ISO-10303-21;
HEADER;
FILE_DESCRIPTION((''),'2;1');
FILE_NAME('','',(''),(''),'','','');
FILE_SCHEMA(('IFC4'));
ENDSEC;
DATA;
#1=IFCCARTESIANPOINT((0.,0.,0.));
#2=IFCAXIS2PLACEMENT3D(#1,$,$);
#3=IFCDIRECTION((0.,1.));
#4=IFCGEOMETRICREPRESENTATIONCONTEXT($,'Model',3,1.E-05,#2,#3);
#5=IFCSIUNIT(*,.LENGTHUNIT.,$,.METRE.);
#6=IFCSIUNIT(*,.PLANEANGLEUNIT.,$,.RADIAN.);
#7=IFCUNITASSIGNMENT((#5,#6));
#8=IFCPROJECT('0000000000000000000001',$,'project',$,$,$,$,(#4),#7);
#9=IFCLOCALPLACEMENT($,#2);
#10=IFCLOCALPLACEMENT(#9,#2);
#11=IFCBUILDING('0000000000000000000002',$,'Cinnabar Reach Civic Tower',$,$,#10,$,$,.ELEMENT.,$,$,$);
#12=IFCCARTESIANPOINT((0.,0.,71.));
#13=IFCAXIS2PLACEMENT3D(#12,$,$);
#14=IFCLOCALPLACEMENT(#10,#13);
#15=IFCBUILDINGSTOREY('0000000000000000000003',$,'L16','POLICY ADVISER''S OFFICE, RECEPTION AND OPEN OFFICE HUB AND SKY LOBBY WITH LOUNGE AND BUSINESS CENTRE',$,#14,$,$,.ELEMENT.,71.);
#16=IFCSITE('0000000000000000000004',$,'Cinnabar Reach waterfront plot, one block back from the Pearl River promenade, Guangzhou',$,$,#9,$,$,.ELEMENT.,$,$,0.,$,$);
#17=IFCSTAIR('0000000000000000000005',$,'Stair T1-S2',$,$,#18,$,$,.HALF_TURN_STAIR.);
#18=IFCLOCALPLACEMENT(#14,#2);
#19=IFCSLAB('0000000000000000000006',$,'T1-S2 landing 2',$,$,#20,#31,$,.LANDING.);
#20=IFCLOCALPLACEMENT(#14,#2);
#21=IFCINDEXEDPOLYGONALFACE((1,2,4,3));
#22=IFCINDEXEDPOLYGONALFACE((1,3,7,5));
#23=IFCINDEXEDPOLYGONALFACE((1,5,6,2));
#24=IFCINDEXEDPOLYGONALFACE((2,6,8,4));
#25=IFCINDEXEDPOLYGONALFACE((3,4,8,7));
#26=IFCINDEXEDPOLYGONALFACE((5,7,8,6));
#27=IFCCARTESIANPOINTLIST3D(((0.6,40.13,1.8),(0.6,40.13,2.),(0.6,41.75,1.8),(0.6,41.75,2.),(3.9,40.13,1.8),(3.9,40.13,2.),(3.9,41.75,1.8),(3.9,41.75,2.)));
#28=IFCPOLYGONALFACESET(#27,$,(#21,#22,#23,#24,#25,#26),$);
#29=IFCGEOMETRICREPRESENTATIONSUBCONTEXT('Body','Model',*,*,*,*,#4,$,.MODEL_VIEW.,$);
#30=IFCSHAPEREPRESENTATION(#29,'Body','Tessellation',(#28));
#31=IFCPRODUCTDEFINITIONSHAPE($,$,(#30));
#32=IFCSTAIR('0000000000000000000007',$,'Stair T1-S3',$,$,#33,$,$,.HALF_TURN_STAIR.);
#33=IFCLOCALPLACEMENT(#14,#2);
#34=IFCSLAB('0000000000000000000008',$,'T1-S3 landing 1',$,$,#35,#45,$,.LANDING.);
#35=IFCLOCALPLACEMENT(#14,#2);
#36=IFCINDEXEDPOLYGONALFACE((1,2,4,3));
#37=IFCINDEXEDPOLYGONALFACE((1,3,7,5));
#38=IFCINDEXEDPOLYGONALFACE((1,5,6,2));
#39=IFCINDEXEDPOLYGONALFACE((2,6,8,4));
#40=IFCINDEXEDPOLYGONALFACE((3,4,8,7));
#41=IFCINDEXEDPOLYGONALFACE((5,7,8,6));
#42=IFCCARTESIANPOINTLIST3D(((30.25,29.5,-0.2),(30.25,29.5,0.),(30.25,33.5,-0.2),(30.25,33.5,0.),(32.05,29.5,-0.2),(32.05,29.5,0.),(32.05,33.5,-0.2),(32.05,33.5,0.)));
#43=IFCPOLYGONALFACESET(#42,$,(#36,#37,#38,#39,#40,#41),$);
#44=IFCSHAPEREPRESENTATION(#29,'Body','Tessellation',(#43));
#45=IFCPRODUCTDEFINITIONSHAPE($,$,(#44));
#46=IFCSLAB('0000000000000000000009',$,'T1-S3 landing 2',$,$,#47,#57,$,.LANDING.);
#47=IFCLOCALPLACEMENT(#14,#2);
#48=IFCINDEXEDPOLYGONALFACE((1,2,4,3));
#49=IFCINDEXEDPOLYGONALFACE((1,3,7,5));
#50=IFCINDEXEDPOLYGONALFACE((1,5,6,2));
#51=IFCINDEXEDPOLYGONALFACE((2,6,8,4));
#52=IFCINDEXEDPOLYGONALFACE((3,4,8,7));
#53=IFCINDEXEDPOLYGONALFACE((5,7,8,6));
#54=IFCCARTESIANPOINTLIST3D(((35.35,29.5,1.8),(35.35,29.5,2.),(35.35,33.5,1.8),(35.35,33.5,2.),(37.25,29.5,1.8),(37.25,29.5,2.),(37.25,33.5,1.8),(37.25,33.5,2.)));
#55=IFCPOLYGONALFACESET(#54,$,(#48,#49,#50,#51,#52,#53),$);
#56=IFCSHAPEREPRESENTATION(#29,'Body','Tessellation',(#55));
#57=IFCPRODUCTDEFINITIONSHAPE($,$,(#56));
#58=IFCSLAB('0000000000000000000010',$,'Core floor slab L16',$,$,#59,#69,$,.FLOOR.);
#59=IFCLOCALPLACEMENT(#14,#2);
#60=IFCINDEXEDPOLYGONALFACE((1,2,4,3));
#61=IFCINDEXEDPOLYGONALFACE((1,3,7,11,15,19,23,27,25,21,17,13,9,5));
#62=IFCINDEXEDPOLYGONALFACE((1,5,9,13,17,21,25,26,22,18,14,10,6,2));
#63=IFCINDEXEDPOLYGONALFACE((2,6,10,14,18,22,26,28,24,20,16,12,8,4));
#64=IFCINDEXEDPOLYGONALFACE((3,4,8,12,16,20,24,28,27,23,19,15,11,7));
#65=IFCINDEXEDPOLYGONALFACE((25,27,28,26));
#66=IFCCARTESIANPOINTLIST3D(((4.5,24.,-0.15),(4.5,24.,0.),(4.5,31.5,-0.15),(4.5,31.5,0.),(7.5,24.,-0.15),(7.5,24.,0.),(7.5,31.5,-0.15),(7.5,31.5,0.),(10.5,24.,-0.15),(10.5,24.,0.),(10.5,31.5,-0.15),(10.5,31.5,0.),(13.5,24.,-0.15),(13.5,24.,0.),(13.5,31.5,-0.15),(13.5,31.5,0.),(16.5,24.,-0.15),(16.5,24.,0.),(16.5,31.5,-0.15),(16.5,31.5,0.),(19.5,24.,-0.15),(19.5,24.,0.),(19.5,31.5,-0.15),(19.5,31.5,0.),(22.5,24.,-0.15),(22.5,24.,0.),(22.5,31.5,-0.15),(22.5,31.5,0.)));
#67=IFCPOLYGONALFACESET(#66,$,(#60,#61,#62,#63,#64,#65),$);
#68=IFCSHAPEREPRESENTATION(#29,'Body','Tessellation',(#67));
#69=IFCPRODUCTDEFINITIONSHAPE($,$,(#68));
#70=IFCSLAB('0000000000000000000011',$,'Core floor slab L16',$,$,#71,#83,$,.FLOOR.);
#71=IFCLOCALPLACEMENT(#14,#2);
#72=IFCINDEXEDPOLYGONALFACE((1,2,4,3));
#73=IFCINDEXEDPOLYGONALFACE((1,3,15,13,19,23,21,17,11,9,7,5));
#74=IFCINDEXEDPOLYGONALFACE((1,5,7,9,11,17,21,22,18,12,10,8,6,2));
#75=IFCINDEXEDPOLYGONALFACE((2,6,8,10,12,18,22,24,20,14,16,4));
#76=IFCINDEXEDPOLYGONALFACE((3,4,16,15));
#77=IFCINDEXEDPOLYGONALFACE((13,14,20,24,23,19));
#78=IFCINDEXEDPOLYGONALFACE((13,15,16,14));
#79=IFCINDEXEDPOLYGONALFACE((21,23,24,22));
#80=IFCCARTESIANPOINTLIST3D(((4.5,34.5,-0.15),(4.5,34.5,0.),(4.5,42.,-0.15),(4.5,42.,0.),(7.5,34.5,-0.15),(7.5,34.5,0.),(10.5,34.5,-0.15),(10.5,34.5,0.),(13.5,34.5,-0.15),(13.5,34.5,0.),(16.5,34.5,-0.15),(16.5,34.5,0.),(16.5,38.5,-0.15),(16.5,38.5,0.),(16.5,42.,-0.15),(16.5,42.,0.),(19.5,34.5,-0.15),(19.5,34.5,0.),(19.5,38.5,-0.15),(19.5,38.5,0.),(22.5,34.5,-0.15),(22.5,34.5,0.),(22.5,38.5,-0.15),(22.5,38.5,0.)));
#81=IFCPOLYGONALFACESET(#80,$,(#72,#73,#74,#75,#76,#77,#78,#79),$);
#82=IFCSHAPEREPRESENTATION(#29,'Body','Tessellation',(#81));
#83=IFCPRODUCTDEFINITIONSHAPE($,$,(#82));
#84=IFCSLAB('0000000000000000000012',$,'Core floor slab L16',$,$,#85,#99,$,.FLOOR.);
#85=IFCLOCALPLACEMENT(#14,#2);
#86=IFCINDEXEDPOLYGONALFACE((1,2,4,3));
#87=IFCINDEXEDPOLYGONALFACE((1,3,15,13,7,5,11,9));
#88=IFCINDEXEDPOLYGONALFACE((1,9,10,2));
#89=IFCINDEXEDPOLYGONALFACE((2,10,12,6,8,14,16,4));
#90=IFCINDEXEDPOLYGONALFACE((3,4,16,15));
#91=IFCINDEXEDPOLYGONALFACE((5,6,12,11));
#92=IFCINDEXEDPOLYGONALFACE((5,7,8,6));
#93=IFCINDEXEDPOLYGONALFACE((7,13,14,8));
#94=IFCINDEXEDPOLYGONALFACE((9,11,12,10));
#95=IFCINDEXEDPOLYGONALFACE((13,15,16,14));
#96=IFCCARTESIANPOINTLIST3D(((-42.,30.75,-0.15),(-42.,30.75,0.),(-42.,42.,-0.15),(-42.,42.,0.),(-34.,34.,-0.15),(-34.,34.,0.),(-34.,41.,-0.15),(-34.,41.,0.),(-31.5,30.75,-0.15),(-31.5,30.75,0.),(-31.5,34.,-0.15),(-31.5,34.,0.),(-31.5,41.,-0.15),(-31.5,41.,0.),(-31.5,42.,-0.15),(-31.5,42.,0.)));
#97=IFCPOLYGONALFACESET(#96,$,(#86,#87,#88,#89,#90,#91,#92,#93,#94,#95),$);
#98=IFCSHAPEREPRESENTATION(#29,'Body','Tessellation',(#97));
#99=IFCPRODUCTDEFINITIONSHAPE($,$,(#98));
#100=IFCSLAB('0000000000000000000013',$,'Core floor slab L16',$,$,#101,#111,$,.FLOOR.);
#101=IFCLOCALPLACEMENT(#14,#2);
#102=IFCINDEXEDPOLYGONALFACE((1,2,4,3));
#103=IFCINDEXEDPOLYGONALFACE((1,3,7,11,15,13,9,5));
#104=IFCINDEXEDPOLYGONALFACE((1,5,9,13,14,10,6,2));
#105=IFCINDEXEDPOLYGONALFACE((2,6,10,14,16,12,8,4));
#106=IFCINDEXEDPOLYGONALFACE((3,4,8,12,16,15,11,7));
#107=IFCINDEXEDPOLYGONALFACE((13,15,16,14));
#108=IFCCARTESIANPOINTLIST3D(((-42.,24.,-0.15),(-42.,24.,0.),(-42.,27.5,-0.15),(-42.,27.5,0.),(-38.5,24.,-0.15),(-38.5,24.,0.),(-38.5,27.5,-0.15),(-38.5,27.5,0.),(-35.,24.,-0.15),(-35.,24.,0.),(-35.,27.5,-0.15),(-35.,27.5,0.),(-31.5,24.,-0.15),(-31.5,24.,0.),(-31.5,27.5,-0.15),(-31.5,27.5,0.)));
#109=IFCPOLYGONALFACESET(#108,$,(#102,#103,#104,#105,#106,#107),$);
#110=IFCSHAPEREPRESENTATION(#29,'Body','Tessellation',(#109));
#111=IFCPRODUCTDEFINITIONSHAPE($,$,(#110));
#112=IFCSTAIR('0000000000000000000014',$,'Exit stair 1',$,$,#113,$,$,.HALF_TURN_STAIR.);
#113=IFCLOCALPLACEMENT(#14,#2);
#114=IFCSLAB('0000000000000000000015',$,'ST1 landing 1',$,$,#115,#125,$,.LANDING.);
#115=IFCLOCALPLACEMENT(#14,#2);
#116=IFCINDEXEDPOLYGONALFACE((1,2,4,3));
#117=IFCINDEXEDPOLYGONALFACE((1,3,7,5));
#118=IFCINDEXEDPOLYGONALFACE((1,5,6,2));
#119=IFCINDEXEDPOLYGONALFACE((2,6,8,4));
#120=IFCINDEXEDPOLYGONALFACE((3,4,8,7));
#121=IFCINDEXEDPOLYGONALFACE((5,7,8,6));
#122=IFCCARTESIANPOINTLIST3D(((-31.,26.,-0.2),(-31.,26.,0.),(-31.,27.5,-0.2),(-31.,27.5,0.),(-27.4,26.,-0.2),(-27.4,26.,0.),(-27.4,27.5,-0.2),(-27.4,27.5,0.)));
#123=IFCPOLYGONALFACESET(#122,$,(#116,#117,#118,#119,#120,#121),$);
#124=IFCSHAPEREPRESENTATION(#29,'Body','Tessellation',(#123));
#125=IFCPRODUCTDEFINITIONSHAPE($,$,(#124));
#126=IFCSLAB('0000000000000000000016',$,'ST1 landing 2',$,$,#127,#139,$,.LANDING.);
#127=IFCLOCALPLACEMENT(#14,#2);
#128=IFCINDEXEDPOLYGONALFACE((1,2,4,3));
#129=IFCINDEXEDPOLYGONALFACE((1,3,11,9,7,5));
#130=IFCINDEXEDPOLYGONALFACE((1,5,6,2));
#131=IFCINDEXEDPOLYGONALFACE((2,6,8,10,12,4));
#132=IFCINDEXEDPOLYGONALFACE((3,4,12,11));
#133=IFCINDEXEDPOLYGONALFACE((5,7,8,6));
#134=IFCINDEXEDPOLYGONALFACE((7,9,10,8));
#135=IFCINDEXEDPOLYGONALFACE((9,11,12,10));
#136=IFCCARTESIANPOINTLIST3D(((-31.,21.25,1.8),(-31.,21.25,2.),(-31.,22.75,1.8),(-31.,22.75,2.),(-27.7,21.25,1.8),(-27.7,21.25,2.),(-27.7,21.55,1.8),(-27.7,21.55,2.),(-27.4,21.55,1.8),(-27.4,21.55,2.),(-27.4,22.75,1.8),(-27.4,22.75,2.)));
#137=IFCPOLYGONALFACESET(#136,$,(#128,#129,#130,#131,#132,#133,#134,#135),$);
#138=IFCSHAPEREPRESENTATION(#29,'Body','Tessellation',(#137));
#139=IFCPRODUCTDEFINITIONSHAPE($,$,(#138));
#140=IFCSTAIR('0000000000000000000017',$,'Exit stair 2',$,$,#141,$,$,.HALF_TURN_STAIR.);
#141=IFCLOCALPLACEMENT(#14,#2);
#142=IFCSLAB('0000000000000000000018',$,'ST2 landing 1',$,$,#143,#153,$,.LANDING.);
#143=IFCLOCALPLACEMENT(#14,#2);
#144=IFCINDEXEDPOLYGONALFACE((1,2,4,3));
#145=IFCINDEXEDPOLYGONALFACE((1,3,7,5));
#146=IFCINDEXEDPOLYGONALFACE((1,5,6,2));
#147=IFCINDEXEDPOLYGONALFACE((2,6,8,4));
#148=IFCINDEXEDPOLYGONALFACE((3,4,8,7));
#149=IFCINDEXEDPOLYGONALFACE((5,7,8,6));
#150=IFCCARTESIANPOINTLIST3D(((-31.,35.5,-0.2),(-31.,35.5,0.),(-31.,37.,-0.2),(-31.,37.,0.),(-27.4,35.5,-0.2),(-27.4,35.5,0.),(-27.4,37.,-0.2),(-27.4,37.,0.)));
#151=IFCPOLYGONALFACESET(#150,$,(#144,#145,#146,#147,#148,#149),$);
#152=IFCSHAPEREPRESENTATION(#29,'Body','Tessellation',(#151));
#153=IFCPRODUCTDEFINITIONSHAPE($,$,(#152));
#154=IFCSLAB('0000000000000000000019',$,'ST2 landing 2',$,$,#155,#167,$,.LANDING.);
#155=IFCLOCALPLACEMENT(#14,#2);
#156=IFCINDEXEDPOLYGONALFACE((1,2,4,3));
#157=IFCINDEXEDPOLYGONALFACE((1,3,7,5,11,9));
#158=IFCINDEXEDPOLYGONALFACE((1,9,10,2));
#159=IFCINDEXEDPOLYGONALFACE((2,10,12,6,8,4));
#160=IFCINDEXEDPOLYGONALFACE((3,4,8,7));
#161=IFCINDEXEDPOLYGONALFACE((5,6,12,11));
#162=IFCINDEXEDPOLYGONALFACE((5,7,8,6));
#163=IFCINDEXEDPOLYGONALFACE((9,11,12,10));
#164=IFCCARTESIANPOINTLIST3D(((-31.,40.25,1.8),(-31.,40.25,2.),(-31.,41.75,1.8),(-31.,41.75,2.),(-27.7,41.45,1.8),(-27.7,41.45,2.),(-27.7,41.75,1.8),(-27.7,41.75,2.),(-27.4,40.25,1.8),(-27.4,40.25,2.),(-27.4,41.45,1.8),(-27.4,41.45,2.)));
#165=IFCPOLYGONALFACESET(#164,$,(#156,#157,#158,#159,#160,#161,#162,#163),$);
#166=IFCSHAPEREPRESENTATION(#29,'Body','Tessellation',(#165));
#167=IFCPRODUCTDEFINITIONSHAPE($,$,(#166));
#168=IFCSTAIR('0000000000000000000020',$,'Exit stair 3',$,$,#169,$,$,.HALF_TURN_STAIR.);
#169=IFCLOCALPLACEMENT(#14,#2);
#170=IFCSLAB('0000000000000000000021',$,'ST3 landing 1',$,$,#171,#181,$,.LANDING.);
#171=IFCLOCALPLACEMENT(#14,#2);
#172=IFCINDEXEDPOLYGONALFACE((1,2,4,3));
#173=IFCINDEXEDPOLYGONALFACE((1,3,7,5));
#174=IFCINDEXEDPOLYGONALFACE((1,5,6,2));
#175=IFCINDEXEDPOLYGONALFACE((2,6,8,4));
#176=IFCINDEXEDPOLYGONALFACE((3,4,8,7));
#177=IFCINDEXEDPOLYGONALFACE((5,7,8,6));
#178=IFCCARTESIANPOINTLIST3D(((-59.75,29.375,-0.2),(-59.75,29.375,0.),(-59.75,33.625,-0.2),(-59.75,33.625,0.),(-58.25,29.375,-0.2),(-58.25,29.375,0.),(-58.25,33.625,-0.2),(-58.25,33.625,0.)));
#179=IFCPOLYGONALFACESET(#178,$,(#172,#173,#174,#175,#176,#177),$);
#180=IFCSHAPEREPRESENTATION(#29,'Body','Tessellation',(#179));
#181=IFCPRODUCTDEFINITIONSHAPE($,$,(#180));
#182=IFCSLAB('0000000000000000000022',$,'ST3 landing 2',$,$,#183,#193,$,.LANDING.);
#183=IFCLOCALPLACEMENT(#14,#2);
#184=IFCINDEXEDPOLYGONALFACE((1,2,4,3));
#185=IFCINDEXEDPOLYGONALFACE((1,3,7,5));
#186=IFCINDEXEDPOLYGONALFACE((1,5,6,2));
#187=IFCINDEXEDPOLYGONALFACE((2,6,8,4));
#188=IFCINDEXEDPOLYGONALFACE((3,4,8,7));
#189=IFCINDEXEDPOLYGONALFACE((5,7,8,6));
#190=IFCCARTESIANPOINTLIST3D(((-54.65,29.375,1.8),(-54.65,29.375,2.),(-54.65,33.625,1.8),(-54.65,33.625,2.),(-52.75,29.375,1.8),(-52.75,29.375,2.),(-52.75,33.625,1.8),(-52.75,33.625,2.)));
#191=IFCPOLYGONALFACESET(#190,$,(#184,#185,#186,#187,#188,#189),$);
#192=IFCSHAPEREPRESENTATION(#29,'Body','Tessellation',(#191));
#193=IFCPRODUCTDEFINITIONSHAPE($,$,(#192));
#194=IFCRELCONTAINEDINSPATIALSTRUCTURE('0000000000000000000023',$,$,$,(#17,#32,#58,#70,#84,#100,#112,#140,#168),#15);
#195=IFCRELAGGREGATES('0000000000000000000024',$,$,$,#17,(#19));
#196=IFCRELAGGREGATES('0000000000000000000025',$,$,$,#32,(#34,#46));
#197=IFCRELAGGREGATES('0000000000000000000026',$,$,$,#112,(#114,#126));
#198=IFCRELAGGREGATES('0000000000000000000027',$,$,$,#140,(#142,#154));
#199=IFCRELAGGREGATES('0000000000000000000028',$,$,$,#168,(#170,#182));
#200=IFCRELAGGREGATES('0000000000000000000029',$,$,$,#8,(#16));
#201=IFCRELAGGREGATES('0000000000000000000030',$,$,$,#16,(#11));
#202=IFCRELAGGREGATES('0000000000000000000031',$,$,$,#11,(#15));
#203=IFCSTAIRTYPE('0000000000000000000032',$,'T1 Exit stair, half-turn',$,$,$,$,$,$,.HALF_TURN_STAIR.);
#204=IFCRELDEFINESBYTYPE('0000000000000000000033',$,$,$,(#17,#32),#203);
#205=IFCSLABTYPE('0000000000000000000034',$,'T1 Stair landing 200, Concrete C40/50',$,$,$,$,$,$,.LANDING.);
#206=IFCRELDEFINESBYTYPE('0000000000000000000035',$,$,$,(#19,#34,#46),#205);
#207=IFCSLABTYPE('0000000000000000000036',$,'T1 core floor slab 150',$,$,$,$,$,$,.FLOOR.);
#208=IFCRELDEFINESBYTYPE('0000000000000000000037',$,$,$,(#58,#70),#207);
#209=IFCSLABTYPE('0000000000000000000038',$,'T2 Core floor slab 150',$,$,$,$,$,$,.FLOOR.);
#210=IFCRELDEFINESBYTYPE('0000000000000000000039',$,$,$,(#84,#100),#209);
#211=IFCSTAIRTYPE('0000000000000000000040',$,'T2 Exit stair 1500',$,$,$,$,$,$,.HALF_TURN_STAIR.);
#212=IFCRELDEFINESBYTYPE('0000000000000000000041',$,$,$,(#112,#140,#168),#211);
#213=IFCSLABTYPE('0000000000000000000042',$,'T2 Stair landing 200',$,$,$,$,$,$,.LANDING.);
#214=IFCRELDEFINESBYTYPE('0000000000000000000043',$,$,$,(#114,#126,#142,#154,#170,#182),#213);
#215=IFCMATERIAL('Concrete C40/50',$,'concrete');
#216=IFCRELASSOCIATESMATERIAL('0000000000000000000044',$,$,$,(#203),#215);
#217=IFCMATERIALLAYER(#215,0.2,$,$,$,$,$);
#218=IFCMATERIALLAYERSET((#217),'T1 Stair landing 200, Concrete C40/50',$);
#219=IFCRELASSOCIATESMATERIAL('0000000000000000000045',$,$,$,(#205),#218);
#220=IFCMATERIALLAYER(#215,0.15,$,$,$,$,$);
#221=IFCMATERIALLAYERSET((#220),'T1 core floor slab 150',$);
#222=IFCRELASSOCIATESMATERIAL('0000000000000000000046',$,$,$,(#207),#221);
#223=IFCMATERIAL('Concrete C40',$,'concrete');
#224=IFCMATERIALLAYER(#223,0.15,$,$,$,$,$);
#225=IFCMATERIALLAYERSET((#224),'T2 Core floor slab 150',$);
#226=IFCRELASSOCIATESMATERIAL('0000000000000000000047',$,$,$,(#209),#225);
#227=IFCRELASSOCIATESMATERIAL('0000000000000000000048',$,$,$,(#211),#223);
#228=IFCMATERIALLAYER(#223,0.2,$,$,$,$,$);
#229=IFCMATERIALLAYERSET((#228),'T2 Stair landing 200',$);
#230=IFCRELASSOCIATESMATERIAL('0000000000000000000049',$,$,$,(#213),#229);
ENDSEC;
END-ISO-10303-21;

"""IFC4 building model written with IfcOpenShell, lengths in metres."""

from ifc_helpers import new_model, si_unit, direction, frame, origin, place, context, subcontext, project, spatial, polyline, outline, extrude, material, layer, layer_set, type_object, element, aggregate, save


model = new_model("IFC4")

# Units and contexts
model_context = context("Model", 3, precision=1e-05, world=origin(), true_north=direction((0.0, 1.0)))
body_context = subcontext(model_context, "Body", "Model", "MODEL_VIEW")
ifc_project = project(units=[si_unit("LENGTHUNIT", "METRE"), si_unit("PLANEANGLEUNIT", "RADIAN")], contexts=[model_context])

# Site, building, storey
site_placement = place(None, origin())
site = spatial("IfcSite", under=ifc_project, at=site_placement, Name="Cinnabar Reach waterfront plot, one block back from the Pearl River promenade, Guangzhou", CompositionType="ELEMENT", RefElevation=0.0)
building_placement = place(site_placement, origin())
building = spatial("IfcBuilding", under=site, at=building_placement, Name="Cinnabar Reach Civic Tower", CompositionType="ELEMENT")
storey_placement = place(building_placement, frame((0.0, 0.0, 71.0)))
storey = spatial("IfcBuildingStorey", under=building, at=storey_placement, Name="L16", Description="POLICY ADVISER'S OFFICE, RECEPTION AND OPEN OFFICE HUB AND SKY LOBBY WITH LOUNGE AND BUSINESS CENTRE", CompositionType="ELEMENT", Elevation=71.0)

# Shared definitions
ifc_material_1 = material(Name="Concrete C40", Category="concrete")

# Stairs, slabs
ifc_material_2 = material(Name="Concrete C40/50", Category="concrete")
stair_type_1 = type_object("IfcStairType", Name="T1 Exit stair, half-turn", PredefinedType="HALF_TURN_STAIR", material=ifc_material_2)
ifc_layer_1 = layer(ifc_material_2, 0.2)
ifc_layer_set_1 = layer_set([ifc_layer_1], Name="T1 Stair landing 200, Concrete C40/50")
slab_type_1 = type_object("IfcSlabType", Name="T1 Stair landing 200, Concrete C40/50", PredefinedType="LANDING", material=ifc_layer_set_1)
stair_1_placement = place(storey_placement, origin())
stair_1 = element("IfcStair", 1, at=stair_1_placement, inside=storey, type_object=stair_type_1, Name="Stair T1-S2", PredefinedType="HALF_TURN_STAIR")
slab_1_placement = place(storey_placement, frame((0.0, 0.0, 1.8)))
slab_1 = element("IfcSlab", 2, at=slab_1_placement, type_object=slab_type_1, Name="T1-S2 landing 2", PredefinedType="LANDING", context=body_context, shape_type="SweptSolid", body=[
    extrude(outline(polyline([(0.6, 40.13), (0.6, 41.75), (3.9, 41.75), (3.9, 40.13), (0.6, 40.13)])), origin(), (0.0, 0.0, 1.0), 0.2),
])
aggregate(stair_1, [slab_1])
stair_2_placement = place(storey_placement, origin())
stair_2 = element("IfcStair", 3, at=stair_2_placement, inside=storey, type_object=stair_type_1, Name="Stair T1-S3", PredefinedType="HALF_TURN_STAIR")
slab_2_placement = place(storey_placement, frame((0.0, 0.0, -0.2)))
slab_2 = element("IfcSlab", 4, at=slab_2_placement, type_object=slab_type_1, Name="T1-S3 landing 1", PredefinedType="LANDING", context=body_context, shape_type="SweptSolid", body=[
    extrude(outline(polyline([(30.25, 29.5), (32.05, 29.5), (32.05, 33.5), (30.25, 33.5), (30.25, 29.5)])), origin(), (0.0, 0.0, 1.0), 0.2),
])
slab_3_placement = place(storey_placement, frame((0.0, 0.0, 1.8)))
slab_3 = element("IfcSlab", 5, at=slab_3_placement, type_object=slab_type_1, Name="T1-S3 landing 2", PredefinedType="LANDING", context=body_context, shape_type="SweptSolid", body=[
    extrude(outline(polyline([(35.35, 29.5), (37.25, 29.5), (37.25, 33.5), (35.35, 33.5), (35.35, 29.5)])), origin(), (0.0, 0.0, 1.0), 0.2),
])
aggregate(stair_2, [slab_2, slab_3])

# Slabs
ifc_layer_2 = layer(ifc_material_2, 0.15)
ifc_layer_set_2 = layer_set([ifc_layer_2], Name="T1 core floor slab 150")
slab_type_2 = type_object("IfcSlabType", Name="T1 core floor slab 150", PredefinedType="FLOOR", material=ifc_layer_set_2)
slab_4_placement = place(storey_placement, frame((0.0, 0.0, -0.15)))
element("IfcSlab", 6, at=slab_4_placement, inside=storey, type_object=slab_type_2, Name="Core floor slab L16", PredefinedType="FLOOR", context=body_context, shape_type="SweptSolid", body=[
    extrude(outline(polyline([(22.5, 24.0), (19.5, 24.0), (16.5, 24.0), (13.5, 24.0), (10.5, 24.0), (7.5, 24.0), (4.5, 24.0), (4.5, 31.5), (7.5, 31.5), (10.5, 31.5), (13.5, 31.5), (16.5, 31.5), (19.5, 31.5), (22.5, 31.5), (22.5, 24.0)])), origin(), (0.0, 0.0, 1.0), 0.15),
])
slab_5_placement = place(storey_placement, frame((0.0, 0.0, -0.15)))
element("IfcSlab", 7, at=slab_5_placement, inside=storey, type_object=slab_type_2, Name="Core floor slab L16", PredefinedType="FLOOR", context=body_context, shape_type="SweptSolid", body=[
    extrude(outline(polyline([(22.5, 34.5), (19.5, 34.5), (16.5, 34.5), (13.5, 34.5), (10.5, 34.5), (7.5, 34.5), (4.5, 34.5), (4.5, 42.0), (16.5, 42.0), (16.5, 38.5), (19.5, 38.5), (22.5, 38.5), (22.5, 34.5)])), origin(), (0.0, 0.0, 1.0), 0.15),
])
ifc_layer_3 = layer(ifc_material_1, 0.15)
ifc_layer_set_3 = layer_set([ifc_layer_3], Name="T2 Core floor slab 150")
slab_type_3 = type_object("IfcSlabType", Name="T2 Core floor slab 150", PredefinedType="FLOOR", material=ifc_layer_set_3)
slab_6_placement = place(storey_placement, frame((0.0, 0.0, -0.15)))
element("IfcSlab", 8, at=slab_6_placement, inside=storey, type_object=slab_type_3, Name="Core floor slab L16", PredefinedType="FLOOR", context=body_context, shape_type="SweptSolid", body=[
    extrude(outline(polyline([(-42.0, 42.0), (-31.5, 42.0), (-31.5, 41.0), (-34.0, 41.0), (-34.0, 34.0), (-31.5, 34.0), (-31.5, 30.75), (-42.0, 30.75), (-42.0, 42.0)])), origin(), (0.0, 0.0, 1.0), 0.15),
])
slab_7_placement = place(storey_placement, frame((0.0, 0.0, -0.15)))
element("IfcSlab", 9, at=slab_7_placement, inside=storey, type_object=slab_type_3, Name="Core floor slab L16", PredefinedType="FLOOR", context=body_context, shape_type="SweptSolid", body=[
    extrude(outline(polyline([(-35.0, 24.0), (-38.5, 24.0), (-42.0, 24.0), (-42.0, 27.5), (-38.5, 27.5), (-35.0, 27.5), (-31.5, 27.5), (-31.5, 24.0), (-35.0, 24.0)])), origin(), (0.0, 0.0, 1.0), 0.15),
])

# Stairs, slabs
stair_type_2 = type_object("IfcStairType", Name="T2 Exit stair 1500", PredefinedType="HALF_TURN_STAIR", material=ifc_material_1)
stair_3_placement = place(storey_placement, origin())
stair_3 = element("IfcStair", 10, at=stair_3_placement, inside=storey, type_object=stair_type_2, Name="Exit stair 1", PredefinedType="HALF_TURN_STAIR")
ifc_layer_4 = layer(ifc_material_1, 0.2)
ifc_layer_set_4 = layer_set([ifc_layer_4], Name="T2 Stair landing 200")
slab_type_4 = type_object("IfcSlabType", Name="T2 Stair landing 200", PredefinedType="LANDING", material=ifc_layer_set_4)
slab_8_placement = place(storey_placement, frame((0.0, 0.0, -0.2)))
slab_8 = element("IfcSlab", 11, at=slab_8_placement, type_object=slab_type_4, Name="ST1 landing 1", PredefinedType="LANDING", context=body_context, shape_type="SweptSolid", body=[
    extrude(outline(polyline([(-31.0, 26.0), (-31.0, 27.5), (-27.4, 27.5), (-27.4, 26.0), (-31.0, 26.0)])), origin(), (0.0, 0.0, 1.0), 0.2),
])
slab_9_placement = place(storey_placement, frame((0.0, 0.0, 1.8)))
slab_9 = element("IfcSlab", 12, at=slab_9_placement, type_object=slab_type_4, Name="ST1 landing 2", PredefinedType="LANDING", context=body_context, shape_type="SweptSolid", body=[
    extrude(outline(polyline([(-31.0, 21.25), (-31.0, 22.75), (-27.4, 22.75), (-27.4, 21.55), (-27.7, 21.55), (-27.7, 21.25), (-31.0, 21.25)])), origin(), (0.0, 0.0, 1.0), 0.2),
])
aggregate(stair_3, [slab_8, slab_9])
stair_4_placement = place(storey_placement, origin())
stair_4 = element("IfcStair", 13, at=stair_4_placement, inside=storey, type_object=stair_type_2, Name="Exit stair 2", PredefinedType="HALF_TURN_STAIR")
slab_10_placement = place(storey_placement, frame((0.0, 0.0, -0.2)))
slab_10 = element("IfcSlab", 14, at=slab_10_placement, type_object=slab_type_4, Name="ST2 landing 1", PredefinedType="LANDING", context=body_context, shape_type="SweptSolid", body=[
    extrude(outline(polyline([(-31.0, 35.5), (-31.0, 37.0), (-27.4, 37.0), (-27.4, 35.5), (-31.0, 35.5)])), origin(), (0.0, 0.0, 1.0), 0.2),
])
slab_11_placement = place(storey_placement, frame((0.0, 0.0, 1.8)))
slab_11 = element("IfcSlab", 15, at=slab_11_placement, type_object=slab_type_4, Name="ST2 landing 2", PredefinedType="LANDING", context=body_context, shape_type="SweptSolid", body=[
    extrude(outline(polyline([(-27.4, 40.25), (-31.0, 40.25), (-31.0, 41.75), (-27.7, 41.75), (-27.7, 41.45), (-27.4, 41.45), (-27.4, 40.25)])), origin(), (0.0, 0.0, 1.0), 0.2),
])
aggregate(stair_4, [slab_10, slab_11])
stair_5_placement = place(storey_placement, origin())
stair_5 = element("IfcStair", 16, at=stair_5_placement, inside=storey, type_object=stair_type_2, Name="Exit stair 3", PredefinedType="HALF_TURN_STAIR")
slab_12_placement = place(storey_placement, frame((0.0, 0.0, -0.2)))
slab_12 = element("IfcSlab", 17, at=slab_12_placement, type_object=slab_type_4, Name="ST3 landing 1", PredefinedType="LANDING", context=body_context, shape_type="SweptSolid", body=[
    extrude(outline(polyline([(-59.75, 29.375), (-59.75, 33.625), (-58.25, 33.625), (-58.25, 29.375), (-59.75, 29.375)])), origin(), (0.0, 0.0, 1.0), 0.2),
])
slab_13_placement = place(storey_placement, frame((0.0, 0.0, 1.8)))
slab_13 = element("IfcSlab", 18, at=slab_13_placement, type_object=slab_type_4, Name="ST3 landing 2", PredefinedType="LANDING", context=body_context, shape_type="SweptSolid", body=[
    extrude(outline(polyline([(-54.65, 29.375), (-54.65, 33.625), (-52.75, 33.625), (-52.75, 29.375), (-54.65, 29.375)])), origin(), (0.0, 0.0, 1.0), 0.2),
])
aggregate(stair_5, [slab_12, slab_13])

save(model, "model.ifc")
